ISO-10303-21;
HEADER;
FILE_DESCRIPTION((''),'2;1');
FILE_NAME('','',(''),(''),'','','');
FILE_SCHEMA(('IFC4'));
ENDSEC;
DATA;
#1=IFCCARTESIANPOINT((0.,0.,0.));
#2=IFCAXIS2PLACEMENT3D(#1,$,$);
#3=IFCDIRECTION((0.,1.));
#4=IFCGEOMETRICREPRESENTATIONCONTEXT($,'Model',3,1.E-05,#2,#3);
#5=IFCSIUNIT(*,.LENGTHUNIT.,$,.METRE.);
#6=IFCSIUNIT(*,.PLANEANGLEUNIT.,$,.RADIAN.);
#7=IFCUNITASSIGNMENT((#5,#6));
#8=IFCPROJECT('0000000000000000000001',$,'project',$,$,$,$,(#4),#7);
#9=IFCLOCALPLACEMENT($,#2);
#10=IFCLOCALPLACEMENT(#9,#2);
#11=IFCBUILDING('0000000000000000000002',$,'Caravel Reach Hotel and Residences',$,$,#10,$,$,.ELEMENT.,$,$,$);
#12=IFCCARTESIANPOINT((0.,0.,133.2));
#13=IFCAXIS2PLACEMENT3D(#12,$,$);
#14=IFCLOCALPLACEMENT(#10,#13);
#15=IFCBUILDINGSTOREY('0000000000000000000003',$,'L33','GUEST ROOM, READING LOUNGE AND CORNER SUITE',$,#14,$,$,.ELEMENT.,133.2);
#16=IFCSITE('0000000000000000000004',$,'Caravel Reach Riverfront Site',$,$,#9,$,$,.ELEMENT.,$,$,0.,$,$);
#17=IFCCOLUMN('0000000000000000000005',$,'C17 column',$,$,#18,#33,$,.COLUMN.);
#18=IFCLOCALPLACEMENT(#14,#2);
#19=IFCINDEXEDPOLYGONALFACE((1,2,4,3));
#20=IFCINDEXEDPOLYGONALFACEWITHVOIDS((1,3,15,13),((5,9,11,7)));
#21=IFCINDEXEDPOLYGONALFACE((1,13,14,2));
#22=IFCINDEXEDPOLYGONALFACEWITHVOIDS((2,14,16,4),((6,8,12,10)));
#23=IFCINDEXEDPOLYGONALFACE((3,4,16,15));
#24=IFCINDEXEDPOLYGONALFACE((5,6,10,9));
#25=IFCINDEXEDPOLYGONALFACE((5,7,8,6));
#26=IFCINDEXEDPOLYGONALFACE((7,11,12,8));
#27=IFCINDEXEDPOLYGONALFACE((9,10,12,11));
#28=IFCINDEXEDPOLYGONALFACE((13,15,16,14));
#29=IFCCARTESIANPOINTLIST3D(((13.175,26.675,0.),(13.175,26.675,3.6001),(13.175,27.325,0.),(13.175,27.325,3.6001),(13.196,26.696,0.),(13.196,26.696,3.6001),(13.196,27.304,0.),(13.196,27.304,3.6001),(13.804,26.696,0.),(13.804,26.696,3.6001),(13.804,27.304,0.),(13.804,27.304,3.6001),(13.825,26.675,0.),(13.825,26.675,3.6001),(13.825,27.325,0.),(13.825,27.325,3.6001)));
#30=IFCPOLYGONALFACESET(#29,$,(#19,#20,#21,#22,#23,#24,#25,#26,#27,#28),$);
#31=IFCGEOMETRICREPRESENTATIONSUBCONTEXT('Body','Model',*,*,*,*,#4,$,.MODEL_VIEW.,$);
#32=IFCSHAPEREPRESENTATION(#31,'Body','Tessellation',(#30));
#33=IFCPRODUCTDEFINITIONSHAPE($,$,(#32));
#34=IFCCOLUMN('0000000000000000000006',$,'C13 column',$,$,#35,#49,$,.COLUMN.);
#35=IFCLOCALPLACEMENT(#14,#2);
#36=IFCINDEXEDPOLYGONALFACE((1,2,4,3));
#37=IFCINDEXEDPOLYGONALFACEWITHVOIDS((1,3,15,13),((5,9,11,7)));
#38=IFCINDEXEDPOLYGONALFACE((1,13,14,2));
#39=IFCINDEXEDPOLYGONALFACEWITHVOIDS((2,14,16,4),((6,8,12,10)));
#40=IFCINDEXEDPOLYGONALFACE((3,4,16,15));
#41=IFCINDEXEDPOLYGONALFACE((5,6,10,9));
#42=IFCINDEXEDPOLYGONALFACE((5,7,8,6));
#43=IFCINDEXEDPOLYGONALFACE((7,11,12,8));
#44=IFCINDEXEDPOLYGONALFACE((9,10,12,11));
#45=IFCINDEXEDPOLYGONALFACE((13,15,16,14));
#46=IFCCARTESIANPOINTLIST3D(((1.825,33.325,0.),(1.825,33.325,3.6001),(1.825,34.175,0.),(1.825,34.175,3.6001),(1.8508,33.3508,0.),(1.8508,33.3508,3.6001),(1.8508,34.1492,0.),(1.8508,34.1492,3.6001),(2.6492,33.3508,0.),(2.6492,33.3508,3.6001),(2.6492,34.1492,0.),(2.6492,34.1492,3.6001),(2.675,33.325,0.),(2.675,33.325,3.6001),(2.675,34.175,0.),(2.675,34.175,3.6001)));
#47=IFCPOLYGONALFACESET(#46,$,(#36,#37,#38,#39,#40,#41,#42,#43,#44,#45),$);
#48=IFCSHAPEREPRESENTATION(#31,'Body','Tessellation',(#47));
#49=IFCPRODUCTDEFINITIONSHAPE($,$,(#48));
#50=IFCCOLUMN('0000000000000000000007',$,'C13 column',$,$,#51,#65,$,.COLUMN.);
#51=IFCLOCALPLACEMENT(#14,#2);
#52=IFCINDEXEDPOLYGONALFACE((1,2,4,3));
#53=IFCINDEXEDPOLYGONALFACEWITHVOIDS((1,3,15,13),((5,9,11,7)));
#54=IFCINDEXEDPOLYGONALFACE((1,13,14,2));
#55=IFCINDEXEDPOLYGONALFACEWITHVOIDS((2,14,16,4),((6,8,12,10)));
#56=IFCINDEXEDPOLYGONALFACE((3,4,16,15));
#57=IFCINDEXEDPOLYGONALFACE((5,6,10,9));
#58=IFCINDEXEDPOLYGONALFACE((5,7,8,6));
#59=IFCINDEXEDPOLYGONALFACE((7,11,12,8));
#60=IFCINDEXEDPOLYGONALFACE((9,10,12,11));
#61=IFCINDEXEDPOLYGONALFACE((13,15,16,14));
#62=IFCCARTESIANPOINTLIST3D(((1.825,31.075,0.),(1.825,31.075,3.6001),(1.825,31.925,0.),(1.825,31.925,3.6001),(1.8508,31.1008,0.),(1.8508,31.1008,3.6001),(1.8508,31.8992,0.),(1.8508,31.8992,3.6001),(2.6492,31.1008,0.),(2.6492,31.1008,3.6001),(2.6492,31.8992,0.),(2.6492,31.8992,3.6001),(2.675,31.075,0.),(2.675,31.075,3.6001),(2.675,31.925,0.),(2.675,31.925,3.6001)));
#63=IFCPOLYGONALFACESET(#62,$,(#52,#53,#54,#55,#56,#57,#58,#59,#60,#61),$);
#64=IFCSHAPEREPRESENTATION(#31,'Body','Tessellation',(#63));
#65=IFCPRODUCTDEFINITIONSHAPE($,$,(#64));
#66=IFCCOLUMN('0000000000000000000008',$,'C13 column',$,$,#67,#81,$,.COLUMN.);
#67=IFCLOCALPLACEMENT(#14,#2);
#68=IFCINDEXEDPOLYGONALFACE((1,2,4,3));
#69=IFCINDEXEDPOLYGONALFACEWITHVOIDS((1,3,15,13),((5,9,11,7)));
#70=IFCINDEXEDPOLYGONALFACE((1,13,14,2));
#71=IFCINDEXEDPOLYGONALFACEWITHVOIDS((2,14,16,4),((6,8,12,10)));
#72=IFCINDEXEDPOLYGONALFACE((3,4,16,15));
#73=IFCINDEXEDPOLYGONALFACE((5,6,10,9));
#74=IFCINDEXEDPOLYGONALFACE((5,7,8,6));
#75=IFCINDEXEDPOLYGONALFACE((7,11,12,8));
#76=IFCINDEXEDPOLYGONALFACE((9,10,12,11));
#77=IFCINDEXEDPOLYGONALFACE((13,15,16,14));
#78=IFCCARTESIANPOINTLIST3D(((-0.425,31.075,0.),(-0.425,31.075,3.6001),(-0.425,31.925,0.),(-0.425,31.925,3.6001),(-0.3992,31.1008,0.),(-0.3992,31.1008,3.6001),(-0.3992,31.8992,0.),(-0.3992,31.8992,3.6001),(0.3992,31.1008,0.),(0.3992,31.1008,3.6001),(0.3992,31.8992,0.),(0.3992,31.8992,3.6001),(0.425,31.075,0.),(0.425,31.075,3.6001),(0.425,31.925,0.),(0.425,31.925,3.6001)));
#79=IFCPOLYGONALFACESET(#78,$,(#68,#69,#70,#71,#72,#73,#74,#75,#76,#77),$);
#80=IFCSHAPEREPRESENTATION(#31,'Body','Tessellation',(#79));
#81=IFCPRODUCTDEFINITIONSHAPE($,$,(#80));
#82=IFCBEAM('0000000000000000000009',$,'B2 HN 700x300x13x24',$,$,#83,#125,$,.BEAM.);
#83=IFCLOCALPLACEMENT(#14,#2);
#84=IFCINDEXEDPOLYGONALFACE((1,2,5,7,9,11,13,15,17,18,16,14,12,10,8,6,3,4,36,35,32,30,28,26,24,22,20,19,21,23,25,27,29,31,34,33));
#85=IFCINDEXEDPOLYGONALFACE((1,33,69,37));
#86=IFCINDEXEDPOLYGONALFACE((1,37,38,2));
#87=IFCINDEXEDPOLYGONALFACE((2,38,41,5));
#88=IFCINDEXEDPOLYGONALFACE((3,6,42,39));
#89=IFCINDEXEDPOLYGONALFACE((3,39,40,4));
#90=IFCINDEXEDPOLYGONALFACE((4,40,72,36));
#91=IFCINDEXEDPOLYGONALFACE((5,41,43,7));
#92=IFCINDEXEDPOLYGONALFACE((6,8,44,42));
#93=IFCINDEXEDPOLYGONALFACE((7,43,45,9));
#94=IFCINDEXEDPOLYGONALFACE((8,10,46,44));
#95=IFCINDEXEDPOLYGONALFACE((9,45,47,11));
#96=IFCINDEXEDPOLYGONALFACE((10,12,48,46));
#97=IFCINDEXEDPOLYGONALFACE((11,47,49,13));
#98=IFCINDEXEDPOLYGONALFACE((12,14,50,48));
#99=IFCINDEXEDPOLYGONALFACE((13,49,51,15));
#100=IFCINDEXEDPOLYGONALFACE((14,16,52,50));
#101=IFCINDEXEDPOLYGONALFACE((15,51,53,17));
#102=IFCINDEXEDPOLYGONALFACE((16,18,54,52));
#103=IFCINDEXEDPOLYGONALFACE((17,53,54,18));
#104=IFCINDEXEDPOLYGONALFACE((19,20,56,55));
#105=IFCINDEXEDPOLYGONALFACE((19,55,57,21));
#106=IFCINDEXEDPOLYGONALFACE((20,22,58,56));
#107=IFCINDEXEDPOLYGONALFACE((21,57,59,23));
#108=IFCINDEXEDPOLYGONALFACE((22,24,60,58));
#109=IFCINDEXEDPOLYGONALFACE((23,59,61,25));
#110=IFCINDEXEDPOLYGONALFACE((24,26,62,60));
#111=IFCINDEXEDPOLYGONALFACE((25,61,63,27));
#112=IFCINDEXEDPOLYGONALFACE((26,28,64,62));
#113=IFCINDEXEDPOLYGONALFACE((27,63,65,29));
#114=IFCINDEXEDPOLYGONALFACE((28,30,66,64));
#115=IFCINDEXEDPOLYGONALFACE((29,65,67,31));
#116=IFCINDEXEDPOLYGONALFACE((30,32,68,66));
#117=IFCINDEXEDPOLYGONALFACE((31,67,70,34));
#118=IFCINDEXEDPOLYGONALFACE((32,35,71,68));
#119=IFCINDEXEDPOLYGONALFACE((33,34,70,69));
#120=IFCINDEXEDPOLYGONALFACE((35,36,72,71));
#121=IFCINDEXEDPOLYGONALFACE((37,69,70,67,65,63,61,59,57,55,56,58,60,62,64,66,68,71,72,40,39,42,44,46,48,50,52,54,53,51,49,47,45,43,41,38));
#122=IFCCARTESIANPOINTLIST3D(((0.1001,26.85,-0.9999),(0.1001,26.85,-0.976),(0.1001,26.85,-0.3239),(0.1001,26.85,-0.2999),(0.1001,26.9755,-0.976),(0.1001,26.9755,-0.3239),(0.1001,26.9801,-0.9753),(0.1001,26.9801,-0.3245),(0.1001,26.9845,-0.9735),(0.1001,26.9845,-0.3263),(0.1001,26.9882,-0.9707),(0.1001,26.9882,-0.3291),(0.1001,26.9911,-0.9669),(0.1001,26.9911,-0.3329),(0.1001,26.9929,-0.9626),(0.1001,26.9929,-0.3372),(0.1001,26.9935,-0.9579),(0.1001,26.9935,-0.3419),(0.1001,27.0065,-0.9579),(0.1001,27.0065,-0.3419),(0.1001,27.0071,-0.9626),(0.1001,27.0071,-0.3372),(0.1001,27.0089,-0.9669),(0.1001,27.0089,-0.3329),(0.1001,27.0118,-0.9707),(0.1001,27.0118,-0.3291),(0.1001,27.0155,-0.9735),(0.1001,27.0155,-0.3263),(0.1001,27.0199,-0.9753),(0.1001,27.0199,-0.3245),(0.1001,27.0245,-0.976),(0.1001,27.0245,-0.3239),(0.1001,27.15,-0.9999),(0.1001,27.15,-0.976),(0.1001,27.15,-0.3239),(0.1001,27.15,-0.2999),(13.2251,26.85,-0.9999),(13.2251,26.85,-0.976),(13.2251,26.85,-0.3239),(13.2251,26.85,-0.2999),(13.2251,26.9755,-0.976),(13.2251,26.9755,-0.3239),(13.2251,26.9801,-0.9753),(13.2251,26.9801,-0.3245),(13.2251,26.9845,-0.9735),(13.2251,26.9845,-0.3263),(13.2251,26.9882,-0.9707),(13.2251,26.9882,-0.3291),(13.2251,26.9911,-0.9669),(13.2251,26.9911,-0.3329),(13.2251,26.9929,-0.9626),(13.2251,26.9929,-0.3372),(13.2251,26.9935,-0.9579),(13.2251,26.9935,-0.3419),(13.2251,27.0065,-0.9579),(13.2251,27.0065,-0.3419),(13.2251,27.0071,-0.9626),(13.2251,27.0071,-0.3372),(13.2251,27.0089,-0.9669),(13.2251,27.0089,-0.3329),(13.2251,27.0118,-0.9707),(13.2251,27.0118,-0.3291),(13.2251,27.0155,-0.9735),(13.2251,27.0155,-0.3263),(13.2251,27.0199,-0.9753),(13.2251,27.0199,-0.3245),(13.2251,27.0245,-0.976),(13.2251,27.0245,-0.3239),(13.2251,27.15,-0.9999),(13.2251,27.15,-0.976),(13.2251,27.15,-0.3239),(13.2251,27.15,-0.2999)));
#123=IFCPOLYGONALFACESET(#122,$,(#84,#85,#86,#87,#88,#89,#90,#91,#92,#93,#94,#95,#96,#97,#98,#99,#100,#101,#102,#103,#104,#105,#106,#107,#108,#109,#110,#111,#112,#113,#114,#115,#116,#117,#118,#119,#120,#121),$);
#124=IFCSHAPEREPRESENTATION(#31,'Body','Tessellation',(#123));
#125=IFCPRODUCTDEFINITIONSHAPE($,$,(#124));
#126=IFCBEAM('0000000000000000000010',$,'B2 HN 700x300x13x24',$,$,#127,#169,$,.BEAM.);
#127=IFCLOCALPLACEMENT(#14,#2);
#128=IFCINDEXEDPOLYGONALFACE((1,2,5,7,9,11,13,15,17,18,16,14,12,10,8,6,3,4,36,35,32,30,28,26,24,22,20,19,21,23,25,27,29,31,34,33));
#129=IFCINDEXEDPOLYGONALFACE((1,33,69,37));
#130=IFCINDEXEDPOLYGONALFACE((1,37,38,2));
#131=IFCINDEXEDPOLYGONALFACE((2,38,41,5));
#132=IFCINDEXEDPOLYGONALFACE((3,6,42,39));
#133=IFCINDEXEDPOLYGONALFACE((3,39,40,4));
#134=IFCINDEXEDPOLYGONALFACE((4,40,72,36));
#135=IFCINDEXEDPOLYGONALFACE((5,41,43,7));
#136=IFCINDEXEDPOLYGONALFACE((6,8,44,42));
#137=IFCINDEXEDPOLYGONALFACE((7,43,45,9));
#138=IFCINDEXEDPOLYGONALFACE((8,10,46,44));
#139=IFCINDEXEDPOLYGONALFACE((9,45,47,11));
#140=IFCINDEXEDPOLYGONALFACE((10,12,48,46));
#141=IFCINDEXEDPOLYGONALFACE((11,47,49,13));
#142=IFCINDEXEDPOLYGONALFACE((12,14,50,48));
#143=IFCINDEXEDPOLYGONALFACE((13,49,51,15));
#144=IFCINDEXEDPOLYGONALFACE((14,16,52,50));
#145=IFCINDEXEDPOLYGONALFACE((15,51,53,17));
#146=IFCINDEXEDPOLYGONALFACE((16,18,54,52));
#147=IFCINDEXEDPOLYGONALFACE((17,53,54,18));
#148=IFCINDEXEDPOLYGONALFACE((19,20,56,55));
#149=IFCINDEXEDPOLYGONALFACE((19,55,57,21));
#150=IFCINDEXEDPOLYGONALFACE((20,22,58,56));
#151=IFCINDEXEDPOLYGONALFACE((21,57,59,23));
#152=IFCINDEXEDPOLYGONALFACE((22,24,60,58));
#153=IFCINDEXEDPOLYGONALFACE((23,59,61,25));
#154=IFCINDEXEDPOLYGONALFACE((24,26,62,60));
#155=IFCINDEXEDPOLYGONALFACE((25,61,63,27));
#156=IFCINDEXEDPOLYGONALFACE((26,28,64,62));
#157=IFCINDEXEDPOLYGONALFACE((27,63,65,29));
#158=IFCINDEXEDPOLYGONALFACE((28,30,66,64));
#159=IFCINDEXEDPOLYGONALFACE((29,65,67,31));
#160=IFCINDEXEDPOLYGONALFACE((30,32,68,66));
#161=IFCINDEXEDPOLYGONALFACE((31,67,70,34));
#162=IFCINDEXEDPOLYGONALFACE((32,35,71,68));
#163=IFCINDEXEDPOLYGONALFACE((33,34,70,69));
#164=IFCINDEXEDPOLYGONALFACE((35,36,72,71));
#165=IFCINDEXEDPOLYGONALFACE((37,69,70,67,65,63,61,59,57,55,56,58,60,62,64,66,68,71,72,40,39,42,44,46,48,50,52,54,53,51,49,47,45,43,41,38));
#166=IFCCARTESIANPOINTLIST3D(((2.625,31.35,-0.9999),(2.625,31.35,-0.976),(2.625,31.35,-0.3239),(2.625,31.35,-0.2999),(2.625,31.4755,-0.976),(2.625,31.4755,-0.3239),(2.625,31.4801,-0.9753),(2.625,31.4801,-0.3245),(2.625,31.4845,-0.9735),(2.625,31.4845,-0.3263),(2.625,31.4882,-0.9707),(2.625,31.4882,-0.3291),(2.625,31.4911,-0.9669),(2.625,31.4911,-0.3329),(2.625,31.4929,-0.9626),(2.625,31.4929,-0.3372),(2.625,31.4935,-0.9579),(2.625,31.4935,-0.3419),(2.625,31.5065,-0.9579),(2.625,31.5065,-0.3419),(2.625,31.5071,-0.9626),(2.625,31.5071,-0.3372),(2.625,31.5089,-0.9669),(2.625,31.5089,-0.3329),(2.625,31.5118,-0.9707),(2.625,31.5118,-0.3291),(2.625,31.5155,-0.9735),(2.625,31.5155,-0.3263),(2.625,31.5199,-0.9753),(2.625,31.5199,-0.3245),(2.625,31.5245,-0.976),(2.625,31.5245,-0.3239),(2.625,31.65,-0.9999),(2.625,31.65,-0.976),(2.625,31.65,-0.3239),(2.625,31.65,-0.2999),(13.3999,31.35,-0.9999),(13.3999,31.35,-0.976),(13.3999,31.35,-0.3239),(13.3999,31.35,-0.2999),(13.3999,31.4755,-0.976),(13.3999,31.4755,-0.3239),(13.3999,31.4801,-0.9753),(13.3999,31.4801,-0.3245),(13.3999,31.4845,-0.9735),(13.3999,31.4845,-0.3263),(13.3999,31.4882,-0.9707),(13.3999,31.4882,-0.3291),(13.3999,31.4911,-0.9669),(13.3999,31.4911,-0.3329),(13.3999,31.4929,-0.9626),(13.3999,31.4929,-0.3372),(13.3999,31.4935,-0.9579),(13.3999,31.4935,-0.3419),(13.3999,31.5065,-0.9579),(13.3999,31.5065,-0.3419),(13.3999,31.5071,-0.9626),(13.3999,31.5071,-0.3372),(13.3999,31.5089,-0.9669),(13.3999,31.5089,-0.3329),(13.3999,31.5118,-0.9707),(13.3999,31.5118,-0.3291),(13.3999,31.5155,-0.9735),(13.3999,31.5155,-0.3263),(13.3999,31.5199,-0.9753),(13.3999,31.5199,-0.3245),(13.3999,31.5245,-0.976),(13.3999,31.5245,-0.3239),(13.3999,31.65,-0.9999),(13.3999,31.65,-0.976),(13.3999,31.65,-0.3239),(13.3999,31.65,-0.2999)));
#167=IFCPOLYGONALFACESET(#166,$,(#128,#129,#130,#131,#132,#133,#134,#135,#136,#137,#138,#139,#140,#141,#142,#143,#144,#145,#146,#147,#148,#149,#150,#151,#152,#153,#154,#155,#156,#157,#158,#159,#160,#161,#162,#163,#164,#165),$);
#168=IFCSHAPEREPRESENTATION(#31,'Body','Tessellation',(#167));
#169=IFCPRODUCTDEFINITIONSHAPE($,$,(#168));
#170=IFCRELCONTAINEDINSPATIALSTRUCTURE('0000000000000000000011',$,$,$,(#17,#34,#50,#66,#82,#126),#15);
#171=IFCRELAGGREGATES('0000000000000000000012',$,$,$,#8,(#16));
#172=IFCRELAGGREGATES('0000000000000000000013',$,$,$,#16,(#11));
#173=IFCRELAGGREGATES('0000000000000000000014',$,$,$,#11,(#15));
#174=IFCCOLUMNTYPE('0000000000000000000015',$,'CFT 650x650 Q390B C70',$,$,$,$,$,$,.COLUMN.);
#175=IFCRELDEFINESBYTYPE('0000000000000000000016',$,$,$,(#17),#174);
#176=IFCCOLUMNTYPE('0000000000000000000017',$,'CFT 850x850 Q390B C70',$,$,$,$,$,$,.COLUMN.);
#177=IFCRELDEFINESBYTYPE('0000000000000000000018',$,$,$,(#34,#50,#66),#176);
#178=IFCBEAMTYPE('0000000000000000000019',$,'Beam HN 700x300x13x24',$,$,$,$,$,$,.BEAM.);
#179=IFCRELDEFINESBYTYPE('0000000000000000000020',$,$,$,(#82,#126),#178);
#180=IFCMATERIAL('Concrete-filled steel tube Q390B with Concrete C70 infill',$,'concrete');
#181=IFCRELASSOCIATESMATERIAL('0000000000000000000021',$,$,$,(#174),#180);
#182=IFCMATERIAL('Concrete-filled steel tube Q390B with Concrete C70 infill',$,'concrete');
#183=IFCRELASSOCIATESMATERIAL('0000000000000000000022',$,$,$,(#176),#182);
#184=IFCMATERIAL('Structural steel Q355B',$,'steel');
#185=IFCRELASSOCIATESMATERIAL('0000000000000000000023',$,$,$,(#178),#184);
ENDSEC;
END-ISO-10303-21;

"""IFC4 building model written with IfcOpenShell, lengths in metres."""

from ifc_helpers import new_model, si_unit, direction, frame, origin, origin_2d, place, context, subcontext, project, spatial, hollow_rectangle, i_section, extrude, material, material_profile, profile_set, type_object, element, save


model = new_model("IFC4")

# Units and contexts
model_context = context("Model", 3, precision=1e-05, world=origin(), true_north=direction((0.0, 1.0)))
body_context = subcontext(model_context, "Body", "Model", "MODEL_VIEW")
ifc_project = project(units=[si_unit("LENGTHUNIT", "METRE"), si_unit("PLANEANGLEUNIT", "RADIAN")], contexts=[model_context])

# Site, building, storey
site_placement = place(None, origin())
site = spatial("IfcSite", under=ifc_project, at=site_placement, Name="Caravel Reach Riverfront Site", CompositionType="ELEMENT", RefElevation=0.0)
building_placement = place(site_placement, origin())
building = spatial("IfcBuilding", under=site, at=building_placement, Name="Caravel Reach Hotel and Residences", CompositionType="ELEMENT")
storey_placement = place(building_placement, frame((0.0, 0.0, 133.2)))
storey = spatial("IfcBuildingStorey", under=building, at=storey_placement, Name="L33", Description="GUEST ROOM, READING LOUNGE AND CORNER SUITE", CompositionType="ELEMENT", Elevation=133.2)

# Columns
ifc_material_1 = material(Name="Concrete-filled steel tube Q390B with Concrete C70 infill", Category="concrete")
ifc_material_profile_1 = material_profile(ifc_material_1, hollow_rectangle(XDim=0.6499, YDim=0.6499, WallThickness=0.021, at=origin_2d()), Name="RHS 650x650x21")
ifc_profile_set_1 = profile_set([ifc_material_profile_1], Name="Concrete-filled steel tube Q390B with Concrete C70 infill")
column_type_1 = type_object("IfcColumnType", Name="CFT 650x650 Q390B C70", PredefinedType="COLUMN", material=ifc_profile_set_1)
column_placement = place(storey_placement, frame((13.5, 27.0, 0.0), z_axis=(0.0, 0.0, 1.0), x_axis=(1.0, 0.0, 0.0)))
element("IfcColumn", 1, at=column_placement, inside=storey, type_object=column_type_1, Name="C17 column", PredefinedType="COLUMN", context=body_context, shape_type="SweptSolid", body=[
    extrude(hollow_rectangle(XDim=0.6499, YDim=0.6499, WallThickness=0.021, at=origin_2d()), origin(), (0.0, 0.0, 1.0), 3.6001),
])
ifc_material_2 = material(Name="Concrete-filled steel tube Q390B with Concrete C70 infill", Category="concrete")
ifc_material_profile_2 = material_profile(ifc_material_2, hollow_rectangle(XDim=0.8501, YDim=0.8501, WallThickness=0.0259, at=origin_2d()), Name="RHS 850x850x26")
ifc_profile_set_2 = profile_set([ifc_material_profile_2], Name="Concrete-filled steel tube Q390B with Concrete C70 infill")
column_type_2 = type_object("IfcColumnType", Name="CFT 850x850 Q390B C70", PredefinedType="COLUMN", material=ifc_profile_set_2)
for number, where, z_axis, x_axis, name in (
    (2, (2.25, 33.75, 0.0), (0.0, 0.0, 1.0), (1.0, 0.0, 0.0), "C13 column"),
    (3, (2.25, 31.5, 0.0), (0.0, 0.0, 1.0), (1.0, 0.0, 0.0), "C13 column"),
    (4, (0.0, 31.5, 0.0), (0.0, 0.0, 1.0), (1.0, 0.0, 0.0), "C13 column"),
):
    element("IfcColumn", number, at=place(storey_placement, frame(where, z_axis=z_axis, x_axis=x_axis)), inside=storey, type_object=column_type_2, Name=name, PredefinedType="COLUMN", context=body_context, shape_type="SweptSolid", body=[
        extrude(hollow_rectangle(XDim=0.8501, YDim=0.8501, WallThickness=0.0259, at=origin_2d()), origin(), (0.0, 0.0, 1.0), 3.6001),
    ])

# Beams
ifc_material_3 = material(Name="Structural steel Q355B", Category="steel")
ifc_material_profile_3 = material_profile(ifc_material_3, i_section(OverallWidth=0.3, OverallDepth=0.7, WebThickness=0.0129, FlangeThickness=0.0239, FilletRadius=0.0181, at=origin_2d()), Name="HN 700x300x13x24")
ifc_profile_set_3 = profile_set([ifc_material_profile_3], Name="Structural steel Q355B")
beam_type_1 = type_object("IfcBeamType", Name="Beam HN 700x300x13x24", PredefinedType="BEAM", material=ifc_profile_set_3)
beam_1_placement = place(storey_placement, frame((13.2251, 27.0, -0.6499), z_axis=(-1.0, 0.0, 0.0), x_axis=(0.0, -1.0, 0.0)))
element("IfcBeam", 5, at=beam_1_placement, inside=storey, type_object=beam_type_1, Name="B2 HN 700x300x13x24", PredefinedType="BEAM", context=body_context, shape_type="SweptSolid", body=[
    extrude(i_section(OverallWidth=0.3, OverallDepth=0.7, WebThickness=0.0129, FlangeThickness=0.0239, FilletRadius=0.0181, at=origin_2d()), origin(), (0.0, 0.0, 1.0), 13.125),
])
beam_2_placement = place(storey_placement, frame((13.3999, 31.5, -0.6499), z_axis=(-1.0, 0.0, 0.0), x_axis=(0.0, -1.0, 0.0)))
element("IfcBeam", 6, at=beam_2_placement, inside=storey, type_object=beam_type_1, Name="B2 HN 700x300x13x24", PredefinedType="BEAM", context=body_context, shape_type="SweptSolid", body=[
    extrude(i_section(OverallWidth=0.3, OverallDepth=0.7, WebThickness=0.0129, FlangeThickness=0.0239, FilletRadius=0.0181, at=origin_2d()), origin(), (0.0, 0.0, 1.0), 10.7749),
])

save(model, "model.ifc")
